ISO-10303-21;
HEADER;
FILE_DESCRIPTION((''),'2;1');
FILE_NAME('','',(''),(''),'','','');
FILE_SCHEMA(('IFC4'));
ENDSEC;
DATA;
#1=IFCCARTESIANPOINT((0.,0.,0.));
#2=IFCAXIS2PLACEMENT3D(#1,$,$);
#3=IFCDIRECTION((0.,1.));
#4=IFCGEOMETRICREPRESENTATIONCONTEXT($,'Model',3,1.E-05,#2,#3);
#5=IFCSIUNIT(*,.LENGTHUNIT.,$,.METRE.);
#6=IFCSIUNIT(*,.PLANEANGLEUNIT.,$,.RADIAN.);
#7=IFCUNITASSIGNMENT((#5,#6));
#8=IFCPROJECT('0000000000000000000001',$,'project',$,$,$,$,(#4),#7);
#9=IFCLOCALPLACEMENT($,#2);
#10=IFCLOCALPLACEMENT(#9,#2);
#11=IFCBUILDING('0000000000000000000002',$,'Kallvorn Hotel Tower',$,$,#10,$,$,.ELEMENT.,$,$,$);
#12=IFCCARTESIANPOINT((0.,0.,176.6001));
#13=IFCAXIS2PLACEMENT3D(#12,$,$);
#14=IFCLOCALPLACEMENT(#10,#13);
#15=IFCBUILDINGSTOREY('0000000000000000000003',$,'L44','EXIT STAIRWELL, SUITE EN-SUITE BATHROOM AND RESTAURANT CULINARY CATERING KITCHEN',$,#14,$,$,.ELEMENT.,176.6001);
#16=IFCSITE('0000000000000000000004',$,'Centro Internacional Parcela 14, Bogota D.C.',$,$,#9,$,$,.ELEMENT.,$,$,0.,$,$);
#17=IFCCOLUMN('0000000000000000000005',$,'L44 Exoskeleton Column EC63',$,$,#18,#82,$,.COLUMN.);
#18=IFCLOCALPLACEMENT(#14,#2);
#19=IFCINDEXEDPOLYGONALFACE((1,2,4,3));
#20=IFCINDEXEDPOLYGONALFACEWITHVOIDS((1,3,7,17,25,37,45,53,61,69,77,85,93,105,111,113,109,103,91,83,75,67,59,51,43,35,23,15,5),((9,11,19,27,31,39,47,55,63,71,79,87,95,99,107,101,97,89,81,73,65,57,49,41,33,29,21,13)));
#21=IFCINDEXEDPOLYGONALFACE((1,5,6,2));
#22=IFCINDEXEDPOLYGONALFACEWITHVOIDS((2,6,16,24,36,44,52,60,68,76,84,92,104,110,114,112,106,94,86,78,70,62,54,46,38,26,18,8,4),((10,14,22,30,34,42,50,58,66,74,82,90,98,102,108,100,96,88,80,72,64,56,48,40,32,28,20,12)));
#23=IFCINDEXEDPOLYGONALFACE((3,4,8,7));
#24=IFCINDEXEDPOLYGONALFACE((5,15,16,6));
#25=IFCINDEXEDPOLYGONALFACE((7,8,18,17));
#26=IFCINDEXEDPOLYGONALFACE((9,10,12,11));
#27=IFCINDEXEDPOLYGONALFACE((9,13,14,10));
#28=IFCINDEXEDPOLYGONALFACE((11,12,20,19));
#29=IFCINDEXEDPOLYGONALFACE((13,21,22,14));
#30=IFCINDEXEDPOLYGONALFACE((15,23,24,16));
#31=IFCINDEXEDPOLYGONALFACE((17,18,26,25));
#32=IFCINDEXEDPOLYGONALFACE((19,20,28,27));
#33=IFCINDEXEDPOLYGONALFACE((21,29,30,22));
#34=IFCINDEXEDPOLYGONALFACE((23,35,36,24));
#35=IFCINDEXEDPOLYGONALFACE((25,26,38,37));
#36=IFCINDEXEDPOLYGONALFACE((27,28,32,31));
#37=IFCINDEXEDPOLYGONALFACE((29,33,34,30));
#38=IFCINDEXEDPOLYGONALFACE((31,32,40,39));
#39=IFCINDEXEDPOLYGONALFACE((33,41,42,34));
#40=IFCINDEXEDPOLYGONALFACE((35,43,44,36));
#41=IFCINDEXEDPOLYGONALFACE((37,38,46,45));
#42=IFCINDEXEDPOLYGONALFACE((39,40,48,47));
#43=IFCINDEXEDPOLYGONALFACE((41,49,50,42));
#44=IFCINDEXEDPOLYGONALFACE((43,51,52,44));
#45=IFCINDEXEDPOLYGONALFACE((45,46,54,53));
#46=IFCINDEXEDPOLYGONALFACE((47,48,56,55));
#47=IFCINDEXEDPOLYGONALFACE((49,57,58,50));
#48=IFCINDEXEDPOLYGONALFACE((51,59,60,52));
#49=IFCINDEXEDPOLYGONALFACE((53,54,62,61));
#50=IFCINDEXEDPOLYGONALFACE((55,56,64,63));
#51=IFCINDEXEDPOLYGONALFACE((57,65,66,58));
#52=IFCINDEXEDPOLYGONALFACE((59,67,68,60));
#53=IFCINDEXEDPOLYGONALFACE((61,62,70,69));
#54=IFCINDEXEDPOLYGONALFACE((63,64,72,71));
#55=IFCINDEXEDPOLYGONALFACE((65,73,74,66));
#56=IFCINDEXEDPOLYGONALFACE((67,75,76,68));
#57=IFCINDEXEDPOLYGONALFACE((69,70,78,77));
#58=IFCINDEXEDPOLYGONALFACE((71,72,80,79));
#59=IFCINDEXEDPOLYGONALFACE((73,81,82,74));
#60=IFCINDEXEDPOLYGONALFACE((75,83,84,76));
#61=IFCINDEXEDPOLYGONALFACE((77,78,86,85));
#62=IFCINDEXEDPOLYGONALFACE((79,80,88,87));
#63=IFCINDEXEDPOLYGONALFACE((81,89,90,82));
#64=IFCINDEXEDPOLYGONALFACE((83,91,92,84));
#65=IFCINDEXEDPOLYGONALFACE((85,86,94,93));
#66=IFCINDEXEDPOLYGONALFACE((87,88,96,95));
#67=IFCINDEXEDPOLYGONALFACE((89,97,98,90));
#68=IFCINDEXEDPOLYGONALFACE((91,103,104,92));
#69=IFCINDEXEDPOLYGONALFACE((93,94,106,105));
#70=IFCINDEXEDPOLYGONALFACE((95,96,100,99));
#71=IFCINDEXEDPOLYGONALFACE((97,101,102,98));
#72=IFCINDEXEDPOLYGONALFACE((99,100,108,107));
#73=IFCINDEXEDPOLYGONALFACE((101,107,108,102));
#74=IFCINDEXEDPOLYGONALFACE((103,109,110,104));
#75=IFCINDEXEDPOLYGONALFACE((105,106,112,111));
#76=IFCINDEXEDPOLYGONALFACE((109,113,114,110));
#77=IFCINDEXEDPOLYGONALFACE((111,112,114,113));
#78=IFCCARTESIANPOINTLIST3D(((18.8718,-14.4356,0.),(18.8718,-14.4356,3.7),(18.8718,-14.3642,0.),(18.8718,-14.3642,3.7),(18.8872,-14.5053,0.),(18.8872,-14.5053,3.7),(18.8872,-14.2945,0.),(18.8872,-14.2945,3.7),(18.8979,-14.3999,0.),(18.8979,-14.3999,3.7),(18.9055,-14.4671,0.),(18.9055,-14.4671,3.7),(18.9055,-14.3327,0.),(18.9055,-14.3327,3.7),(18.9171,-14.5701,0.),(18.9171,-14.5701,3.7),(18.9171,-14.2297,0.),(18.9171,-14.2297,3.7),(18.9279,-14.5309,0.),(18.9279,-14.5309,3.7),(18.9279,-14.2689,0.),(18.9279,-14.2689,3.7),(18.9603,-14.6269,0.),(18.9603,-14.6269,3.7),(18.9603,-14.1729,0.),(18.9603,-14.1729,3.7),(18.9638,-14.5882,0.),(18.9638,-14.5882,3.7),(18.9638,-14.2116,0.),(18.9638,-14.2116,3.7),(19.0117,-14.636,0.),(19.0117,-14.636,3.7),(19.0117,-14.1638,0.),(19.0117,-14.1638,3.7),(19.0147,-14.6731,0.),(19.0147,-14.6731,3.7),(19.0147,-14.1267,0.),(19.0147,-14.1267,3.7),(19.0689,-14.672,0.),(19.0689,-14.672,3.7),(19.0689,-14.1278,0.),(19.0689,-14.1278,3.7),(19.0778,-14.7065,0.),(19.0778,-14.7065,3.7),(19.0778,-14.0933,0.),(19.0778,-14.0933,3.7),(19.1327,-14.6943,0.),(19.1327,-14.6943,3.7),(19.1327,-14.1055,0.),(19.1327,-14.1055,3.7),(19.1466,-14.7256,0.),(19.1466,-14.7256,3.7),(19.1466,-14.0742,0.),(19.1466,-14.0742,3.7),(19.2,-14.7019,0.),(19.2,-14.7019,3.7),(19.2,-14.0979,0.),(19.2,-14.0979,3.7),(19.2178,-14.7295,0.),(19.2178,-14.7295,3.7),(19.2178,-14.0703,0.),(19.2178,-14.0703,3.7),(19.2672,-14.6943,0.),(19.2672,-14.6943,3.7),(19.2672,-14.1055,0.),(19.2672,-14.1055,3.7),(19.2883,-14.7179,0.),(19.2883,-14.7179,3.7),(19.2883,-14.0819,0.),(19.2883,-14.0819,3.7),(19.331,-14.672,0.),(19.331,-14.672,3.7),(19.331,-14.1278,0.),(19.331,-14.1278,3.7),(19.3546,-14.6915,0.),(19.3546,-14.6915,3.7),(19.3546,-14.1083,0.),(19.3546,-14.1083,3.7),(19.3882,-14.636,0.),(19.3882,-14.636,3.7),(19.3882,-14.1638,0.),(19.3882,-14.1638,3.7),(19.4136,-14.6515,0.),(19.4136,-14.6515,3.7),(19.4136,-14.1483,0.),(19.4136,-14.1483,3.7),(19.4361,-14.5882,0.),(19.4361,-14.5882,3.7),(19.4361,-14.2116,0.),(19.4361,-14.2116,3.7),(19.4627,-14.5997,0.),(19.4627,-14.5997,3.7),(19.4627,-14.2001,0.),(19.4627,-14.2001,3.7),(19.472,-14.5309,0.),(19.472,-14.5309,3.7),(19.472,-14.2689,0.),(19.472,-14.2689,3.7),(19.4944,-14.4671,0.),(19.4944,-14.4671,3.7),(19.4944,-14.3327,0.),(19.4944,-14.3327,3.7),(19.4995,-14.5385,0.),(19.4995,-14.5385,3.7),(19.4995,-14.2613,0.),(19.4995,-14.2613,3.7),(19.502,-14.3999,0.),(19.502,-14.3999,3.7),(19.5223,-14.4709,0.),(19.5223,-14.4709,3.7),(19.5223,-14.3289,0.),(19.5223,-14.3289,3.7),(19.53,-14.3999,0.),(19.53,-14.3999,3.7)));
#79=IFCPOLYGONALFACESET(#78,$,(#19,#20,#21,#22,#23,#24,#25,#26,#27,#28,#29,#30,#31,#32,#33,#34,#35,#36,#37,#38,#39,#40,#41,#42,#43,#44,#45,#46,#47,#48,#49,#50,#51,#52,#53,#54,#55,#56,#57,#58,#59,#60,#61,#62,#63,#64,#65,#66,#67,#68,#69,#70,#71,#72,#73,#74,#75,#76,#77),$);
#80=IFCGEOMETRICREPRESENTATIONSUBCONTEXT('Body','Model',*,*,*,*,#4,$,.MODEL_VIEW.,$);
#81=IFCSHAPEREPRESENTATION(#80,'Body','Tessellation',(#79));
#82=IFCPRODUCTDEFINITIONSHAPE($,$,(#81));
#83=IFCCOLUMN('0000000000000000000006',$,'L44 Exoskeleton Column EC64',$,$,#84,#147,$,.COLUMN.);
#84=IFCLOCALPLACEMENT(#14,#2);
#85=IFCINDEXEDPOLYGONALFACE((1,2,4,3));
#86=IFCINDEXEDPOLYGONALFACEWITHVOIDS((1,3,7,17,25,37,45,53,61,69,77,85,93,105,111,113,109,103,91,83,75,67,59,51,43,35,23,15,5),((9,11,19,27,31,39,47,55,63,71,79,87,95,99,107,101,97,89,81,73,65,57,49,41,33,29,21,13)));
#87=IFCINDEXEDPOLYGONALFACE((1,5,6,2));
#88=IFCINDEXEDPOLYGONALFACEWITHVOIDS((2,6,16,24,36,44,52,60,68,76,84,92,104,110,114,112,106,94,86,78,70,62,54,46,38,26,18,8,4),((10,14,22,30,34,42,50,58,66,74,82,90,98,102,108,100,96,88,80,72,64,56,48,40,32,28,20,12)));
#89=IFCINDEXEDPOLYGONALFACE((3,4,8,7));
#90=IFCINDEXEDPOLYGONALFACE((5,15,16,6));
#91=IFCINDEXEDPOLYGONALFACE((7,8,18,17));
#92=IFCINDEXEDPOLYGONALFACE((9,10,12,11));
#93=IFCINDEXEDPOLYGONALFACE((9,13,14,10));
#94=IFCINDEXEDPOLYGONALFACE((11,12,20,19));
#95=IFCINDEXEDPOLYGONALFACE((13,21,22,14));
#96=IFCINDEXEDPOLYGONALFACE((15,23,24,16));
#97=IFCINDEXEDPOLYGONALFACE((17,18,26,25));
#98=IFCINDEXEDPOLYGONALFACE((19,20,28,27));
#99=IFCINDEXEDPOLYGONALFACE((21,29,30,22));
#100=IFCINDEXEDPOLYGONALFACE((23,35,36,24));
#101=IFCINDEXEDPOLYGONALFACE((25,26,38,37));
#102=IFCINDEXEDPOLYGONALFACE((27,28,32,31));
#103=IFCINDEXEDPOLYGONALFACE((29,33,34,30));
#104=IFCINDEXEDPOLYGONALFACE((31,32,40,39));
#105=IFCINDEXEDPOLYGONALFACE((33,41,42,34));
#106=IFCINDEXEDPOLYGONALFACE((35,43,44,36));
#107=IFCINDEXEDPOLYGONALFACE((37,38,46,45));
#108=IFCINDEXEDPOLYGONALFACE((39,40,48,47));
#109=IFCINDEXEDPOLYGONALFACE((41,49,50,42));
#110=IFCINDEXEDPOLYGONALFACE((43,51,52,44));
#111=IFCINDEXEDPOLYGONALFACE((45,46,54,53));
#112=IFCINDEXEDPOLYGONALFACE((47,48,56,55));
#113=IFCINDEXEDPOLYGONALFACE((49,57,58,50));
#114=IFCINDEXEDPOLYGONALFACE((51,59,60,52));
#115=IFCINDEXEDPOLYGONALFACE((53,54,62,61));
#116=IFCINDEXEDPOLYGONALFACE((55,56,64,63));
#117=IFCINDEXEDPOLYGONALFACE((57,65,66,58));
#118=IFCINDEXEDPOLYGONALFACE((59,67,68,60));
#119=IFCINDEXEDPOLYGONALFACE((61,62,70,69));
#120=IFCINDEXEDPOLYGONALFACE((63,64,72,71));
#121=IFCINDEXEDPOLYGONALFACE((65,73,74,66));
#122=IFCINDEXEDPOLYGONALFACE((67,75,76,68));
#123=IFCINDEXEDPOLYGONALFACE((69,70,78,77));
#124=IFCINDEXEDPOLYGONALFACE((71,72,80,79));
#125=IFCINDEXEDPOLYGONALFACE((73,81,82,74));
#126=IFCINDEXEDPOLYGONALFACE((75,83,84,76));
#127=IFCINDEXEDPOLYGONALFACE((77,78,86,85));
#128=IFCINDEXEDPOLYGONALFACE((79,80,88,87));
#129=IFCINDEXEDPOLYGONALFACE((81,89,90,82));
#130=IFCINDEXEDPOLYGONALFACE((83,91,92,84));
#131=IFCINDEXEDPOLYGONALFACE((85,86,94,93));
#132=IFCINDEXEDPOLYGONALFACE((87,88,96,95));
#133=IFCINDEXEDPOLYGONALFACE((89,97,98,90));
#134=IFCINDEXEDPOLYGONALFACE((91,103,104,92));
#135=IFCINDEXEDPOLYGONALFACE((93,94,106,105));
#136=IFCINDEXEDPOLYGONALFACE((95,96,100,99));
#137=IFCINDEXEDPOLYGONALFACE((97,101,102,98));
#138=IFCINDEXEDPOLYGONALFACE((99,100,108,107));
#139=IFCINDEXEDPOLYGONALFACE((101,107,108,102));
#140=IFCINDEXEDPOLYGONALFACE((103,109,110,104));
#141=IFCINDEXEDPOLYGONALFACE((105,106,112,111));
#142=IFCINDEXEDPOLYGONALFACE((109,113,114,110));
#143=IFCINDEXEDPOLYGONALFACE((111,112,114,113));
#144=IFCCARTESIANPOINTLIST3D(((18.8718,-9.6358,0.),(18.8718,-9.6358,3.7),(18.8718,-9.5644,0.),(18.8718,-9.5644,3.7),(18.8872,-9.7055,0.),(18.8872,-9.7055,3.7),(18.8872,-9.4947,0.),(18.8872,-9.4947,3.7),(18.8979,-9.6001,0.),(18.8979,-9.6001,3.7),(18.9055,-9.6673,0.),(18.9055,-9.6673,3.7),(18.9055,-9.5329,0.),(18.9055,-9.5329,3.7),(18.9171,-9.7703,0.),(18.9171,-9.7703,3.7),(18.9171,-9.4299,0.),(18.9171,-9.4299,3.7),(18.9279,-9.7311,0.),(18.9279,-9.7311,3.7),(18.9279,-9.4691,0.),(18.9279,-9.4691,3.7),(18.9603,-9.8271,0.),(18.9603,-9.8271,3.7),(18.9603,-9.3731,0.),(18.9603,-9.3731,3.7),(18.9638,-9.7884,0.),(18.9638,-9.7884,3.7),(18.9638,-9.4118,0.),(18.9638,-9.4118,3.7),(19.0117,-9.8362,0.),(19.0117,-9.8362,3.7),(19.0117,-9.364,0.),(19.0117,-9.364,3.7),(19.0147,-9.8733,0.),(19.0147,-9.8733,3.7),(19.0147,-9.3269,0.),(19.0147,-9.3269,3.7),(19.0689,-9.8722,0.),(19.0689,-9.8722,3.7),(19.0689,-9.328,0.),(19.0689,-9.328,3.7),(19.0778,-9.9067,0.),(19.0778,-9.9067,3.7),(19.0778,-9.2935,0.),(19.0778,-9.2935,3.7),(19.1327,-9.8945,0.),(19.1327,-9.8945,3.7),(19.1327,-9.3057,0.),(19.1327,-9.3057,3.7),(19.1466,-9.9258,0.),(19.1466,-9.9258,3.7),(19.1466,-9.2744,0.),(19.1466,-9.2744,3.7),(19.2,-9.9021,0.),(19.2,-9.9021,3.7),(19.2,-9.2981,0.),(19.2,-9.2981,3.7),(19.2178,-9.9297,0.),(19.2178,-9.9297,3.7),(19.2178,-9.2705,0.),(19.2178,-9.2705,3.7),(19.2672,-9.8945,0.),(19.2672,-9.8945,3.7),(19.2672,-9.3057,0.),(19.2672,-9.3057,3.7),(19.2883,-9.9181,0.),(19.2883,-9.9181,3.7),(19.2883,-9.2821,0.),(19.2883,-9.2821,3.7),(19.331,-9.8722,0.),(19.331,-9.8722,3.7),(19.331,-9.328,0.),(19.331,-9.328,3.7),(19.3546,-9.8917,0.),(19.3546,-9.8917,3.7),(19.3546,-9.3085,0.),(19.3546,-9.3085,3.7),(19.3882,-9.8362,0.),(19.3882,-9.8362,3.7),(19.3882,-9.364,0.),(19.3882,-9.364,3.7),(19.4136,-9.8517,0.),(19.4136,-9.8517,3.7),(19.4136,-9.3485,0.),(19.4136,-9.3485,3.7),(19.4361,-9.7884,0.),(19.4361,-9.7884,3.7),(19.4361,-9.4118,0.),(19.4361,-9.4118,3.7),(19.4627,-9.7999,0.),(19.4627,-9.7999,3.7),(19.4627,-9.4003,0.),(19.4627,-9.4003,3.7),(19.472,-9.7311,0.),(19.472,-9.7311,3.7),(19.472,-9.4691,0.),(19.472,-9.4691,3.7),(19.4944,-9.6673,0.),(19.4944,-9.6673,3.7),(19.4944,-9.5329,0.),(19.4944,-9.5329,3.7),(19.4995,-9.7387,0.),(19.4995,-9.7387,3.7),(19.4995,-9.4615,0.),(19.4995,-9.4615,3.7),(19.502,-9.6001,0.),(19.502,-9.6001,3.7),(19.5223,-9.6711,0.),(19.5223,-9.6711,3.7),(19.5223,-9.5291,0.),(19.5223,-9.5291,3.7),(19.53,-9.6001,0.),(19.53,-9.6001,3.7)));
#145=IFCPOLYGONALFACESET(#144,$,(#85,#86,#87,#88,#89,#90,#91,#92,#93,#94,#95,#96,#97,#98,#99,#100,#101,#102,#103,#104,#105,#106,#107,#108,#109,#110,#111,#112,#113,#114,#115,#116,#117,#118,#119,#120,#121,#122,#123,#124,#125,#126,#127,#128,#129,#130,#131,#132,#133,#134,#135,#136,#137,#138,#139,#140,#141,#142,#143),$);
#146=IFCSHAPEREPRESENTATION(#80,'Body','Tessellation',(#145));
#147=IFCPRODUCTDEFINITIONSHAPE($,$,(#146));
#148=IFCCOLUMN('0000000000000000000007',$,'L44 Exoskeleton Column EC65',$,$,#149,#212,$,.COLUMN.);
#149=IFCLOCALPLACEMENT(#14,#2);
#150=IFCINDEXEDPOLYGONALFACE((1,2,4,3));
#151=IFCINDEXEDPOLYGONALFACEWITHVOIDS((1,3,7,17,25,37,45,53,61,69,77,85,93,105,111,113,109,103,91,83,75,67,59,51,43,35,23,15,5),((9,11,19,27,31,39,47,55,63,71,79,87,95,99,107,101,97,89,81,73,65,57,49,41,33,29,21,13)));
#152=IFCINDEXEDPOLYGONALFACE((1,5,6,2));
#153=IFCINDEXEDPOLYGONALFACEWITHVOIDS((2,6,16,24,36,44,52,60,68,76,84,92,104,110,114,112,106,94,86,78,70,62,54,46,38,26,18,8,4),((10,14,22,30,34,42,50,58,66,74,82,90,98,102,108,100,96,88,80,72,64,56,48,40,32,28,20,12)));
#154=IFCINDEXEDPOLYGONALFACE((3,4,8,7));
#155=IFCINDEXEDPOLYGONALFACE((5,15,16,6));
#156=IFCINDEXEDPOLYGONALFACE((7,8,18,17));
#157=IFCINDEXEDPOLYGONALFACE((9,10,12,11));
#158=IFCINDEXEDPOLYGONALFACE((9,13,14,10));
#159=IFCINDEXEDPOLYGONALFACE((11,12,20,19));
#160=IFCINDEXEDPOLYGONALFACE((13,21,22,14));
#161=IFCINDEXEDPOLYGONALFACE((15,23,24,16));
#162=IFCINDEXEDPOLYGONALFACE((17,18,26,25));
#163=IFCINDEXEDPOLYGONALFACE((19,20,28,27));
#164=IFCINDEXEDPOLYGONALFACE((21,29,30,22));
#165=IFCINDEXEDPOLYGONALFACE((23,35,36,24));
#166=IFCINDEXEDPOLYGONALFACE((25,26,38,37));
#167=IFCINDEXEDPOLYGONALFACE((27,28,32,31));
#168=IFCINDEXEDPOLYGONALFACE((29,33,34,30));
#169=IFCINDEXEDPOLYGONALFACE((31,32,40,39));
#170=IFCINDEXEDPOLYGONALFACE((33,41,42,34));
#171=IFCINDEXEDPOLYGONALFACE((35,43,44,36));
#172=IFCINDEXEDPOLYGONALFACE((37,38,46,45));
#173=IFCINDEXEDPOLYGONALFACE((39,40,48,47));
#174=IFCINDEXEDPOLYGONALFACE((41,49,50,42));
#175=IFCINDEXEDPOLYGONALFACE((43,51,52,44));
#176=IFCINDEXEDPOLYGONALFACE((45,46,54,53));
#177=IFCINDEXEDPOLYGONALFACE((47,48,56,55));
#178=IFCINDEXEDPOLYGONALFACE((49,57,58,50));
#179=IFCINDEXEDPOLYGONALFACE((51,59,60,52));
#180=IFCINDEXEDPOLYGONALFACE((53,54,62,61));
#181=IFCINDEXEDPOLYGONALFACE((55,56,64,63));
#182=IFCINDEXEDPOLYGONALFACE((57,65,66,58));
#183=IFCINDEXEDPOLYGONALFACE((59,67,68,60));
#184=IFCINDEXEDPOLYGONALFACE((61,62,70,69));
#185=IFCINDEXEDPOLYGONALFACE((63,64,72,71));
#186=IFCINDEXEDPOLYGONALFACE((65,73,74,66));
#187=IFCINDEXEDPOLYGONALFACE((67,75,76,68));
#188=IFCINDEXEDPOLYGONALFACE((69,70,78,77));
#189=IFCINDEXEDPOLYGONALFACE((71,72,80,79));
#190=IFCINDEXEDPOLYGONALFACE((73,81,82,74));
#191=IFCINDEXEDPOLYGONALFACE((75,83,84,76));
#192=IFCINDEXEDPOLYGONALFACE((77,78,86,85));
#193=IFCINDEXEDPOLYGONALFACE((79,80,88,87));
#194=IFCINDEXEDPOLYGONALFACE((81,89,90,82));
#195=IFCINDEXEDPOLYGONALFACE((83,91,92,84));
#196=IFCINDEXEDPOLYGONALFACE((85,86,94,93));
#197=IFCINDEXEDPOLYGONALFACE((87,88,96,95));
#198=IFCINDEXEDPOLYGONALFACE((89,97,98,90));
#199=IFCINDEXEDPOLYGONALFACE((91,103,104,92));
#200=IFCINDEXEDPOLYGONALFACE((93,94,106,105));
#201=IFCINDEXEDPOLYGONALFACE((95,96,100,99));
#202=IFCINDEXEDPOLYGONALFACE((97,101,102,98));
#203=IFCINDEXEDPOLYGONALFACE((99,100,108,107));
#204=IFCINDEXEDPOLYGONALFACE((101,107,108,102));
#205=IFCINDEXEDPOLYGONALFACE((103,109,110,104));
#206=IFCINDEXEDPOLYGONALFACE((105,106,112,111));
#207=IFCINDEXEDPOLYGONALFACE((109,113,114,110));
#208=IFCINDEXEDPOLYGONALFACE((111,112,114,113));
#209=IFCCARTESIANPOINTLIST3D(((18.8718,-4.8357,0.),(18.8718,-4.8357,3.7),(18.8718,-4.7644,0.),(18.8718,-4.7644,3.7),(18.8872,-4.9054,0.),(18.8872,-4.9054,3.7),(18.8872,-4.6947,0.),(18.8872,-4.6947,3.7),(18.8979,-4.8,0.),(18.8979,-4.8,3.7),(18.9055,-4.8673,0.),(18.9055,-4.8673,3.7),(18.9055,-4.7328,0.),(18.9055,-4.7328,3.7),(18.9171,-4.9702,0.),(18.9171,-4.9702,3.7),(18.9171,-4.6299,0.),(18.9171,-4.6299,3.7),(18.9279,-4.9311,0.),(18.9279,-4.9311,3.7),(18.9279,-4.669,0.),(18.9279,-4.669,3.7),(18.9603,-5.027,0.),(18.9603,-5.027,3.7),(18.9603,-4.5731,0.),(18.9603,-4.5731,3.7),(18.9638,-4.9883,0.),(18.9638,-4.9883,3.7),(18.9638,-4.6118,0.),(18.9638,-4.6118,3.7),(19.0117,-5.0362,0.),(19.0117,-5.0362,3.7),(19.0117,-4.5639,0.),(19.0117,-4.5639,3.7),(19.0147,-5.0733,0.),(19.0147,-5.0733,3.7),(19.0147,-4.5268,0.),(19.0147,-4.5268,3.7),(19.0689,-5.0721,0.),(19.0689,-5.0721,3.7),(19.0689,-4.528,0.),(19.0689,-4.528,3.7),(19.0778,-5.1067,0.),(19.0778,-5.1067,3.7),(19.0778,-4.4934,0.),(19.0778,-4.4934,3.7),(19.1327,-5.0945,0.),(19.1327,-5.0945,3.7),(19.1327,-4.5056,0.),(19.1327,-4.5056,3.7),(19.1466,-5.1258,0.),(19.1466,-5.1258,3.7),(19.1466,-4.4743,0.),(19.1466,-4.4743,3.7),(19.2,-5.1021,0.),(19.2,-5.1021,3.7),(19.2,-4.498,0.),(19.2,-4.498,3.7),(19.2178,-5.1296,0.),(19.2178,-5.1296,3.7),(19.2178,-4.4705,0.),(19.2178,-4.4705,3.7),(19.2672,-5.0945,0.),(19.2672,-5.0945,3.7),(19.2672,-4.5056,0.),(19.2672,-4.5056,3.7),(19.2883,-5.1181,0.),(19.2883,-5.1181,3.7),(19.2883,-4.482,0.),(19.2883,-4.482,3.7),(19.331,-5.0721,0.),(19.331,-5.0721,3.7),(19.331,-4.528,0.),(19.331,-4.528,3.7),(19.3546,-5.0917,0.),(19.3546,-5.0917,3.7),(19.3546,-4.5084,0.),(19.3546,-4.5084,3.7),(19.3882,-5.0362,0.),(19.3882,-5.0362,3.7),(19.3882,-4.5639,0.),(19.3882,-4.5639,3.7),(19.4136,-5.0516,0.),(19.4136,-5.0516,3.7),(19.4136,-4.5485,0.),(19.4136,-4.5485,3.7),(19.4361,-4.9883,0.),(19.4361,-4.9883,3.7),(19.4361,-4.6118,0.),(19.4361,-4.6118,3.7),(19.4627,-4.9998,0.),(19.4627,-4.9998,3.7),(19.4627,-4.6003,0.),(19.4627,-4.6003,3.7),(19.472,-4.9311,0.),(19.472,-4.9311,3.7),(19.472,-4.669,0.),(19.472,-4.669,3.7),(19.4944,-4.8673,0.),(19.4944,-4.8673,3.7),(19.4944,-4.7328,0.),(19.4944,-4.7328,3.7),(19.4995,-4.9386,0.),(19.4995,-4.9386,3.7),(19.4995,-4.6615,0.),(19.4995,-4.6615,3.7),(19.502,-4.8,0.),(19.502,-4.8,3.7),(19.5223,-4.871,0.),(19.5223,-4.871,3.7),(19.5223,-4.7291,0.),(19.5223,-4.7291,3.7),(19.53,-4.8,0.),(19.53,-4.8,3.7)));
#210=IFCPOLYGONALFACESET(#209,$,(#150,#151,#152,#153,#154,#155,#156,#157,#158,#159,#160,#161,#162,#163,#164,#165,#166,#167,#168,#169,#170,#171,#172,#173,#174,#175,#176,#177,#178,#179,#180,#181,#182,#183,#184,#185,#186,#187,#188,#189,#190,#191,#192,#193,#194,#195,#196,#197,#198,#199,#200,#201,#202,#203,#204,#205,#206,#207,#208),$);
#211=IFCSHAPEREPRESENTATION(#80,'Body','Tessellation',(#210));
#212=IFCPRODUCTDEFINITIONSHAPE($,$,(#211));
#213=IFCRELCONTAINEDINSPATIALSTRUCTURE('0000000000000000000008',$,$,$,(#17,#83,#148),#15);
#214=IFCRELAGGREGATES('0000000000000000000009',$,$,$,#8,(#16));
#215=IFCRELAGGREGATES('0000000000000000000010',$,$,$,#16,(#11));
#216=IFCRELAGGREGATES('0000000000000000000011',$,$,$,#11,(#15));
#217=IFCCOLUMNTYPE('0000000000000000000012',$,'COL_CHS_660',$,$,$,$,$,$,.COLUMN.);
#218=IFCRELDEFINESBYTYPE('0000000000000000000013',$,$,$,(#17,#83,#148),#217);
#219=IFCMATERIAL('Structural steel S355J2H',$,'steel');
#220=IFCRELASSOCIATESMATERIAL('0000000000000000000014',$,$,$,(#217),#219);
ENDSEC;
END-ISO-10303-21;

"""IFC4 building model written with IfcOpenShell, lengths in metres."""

from ifc_helpers import new_model, si_unit, direction, frame, origin, origin_2d, place, context, subcontext, project, spatial, hollow_circle, extrude, material, material_profile, profile_set, type_object, element, save


model = new_model("IFC4")

# Units and contexts
model_context = context("Model", 3, precision=1e-05, world=origin(), true_north=direction((0.0, 1.0)))
body_context = subcontext(model_context, "Body", "Model", "MODEL_VIEW")
ifc_project = project(units=[si_unit("LENGTHUNIT", "METRE"), si_unit("PLANEANGLEUNIT", "RADIAN")], contexts=[model_context])

# Site, building, storey
site_placement = place(None, origin())
site = spatial("IfcSite", under=ifc_project, at=site_placement, Name="Centro Internacional Parcela 14, Bogota D.C.", CompositionType="ELEMENT", RefElevation=0.0)
building_placement = place(site_placement, origin())
building = spatial("IfcBuilding", under=site, at=building_placement, Name="Kallvorn Hotel Tower", CompositionType="ELEMENT")
storey_placement = place(building_placement, frame((0.0, 0.0, 176.6001)))
storey = spatial("IfcBuildingStorey", under=building, at=storey_placement, Name="L44", Description="EXIT STAIRWELL, SUITE EN-SUITE BATHROOM AND RESTAURANT CULINARY CATERING KITCHEN", CompositionType="ELEMENT", Elevation=176.6001)

# Columns
ifc_material_1 = material(Name="Structural steel S355J2H", Category="steel")
ifc_material_profile_1 = material_profile(ifc_material_1, hollow_circle(Radius=0.3301, WallThickness=0.0281, at=origin_2d()), Name="CHS 660x28")
ifc_profile_set_1 = profile_set([ifc_material_profile_1], Name="Structural steel S355J2H")
column_type_1 = type_object("IfcColumnType", Name="COL_CHS_660", PredefinedType="COLUMN", material=ifc_profile_set_1)
for number, where, z_axis, x_axis, name in (
    (1, (19.2, -14.3999, 0.0), (0.0, 0.0, 1.0), (1.0, 0.0, 0.0), "L44 Exoskeleton Column EC63"),
    (2, (19.2, -9.6001, 0.0), (0.0, 0.0, 1.0), (1.0, 0.0, 0.0), "L44 Exoskeleton Column EC64"),
    (3, (19.2, -4.8, 0.0), (0.0, 0.0, 1.0), (1.0, 0.0, 0.0), "L44 Exoskeleton Column EC65"),
):
    element("IfcColumn", number, at=place(storey_placement, frame(where, z_axis=z_axis, x_axis=x_axis)), inside=storey, type_object=column_type_1, Name=name, PredefinedType="COLUMN", context=body_context, shape_type="SweptSolid", body=[
        extrude(hollow_circle(Radius=0.3301, WallThickness=0.0281, at=origin_2d()), origin(), (0.0, 0.0, 1.0), 3.7),
    ])

save(model, "model.ifc")
